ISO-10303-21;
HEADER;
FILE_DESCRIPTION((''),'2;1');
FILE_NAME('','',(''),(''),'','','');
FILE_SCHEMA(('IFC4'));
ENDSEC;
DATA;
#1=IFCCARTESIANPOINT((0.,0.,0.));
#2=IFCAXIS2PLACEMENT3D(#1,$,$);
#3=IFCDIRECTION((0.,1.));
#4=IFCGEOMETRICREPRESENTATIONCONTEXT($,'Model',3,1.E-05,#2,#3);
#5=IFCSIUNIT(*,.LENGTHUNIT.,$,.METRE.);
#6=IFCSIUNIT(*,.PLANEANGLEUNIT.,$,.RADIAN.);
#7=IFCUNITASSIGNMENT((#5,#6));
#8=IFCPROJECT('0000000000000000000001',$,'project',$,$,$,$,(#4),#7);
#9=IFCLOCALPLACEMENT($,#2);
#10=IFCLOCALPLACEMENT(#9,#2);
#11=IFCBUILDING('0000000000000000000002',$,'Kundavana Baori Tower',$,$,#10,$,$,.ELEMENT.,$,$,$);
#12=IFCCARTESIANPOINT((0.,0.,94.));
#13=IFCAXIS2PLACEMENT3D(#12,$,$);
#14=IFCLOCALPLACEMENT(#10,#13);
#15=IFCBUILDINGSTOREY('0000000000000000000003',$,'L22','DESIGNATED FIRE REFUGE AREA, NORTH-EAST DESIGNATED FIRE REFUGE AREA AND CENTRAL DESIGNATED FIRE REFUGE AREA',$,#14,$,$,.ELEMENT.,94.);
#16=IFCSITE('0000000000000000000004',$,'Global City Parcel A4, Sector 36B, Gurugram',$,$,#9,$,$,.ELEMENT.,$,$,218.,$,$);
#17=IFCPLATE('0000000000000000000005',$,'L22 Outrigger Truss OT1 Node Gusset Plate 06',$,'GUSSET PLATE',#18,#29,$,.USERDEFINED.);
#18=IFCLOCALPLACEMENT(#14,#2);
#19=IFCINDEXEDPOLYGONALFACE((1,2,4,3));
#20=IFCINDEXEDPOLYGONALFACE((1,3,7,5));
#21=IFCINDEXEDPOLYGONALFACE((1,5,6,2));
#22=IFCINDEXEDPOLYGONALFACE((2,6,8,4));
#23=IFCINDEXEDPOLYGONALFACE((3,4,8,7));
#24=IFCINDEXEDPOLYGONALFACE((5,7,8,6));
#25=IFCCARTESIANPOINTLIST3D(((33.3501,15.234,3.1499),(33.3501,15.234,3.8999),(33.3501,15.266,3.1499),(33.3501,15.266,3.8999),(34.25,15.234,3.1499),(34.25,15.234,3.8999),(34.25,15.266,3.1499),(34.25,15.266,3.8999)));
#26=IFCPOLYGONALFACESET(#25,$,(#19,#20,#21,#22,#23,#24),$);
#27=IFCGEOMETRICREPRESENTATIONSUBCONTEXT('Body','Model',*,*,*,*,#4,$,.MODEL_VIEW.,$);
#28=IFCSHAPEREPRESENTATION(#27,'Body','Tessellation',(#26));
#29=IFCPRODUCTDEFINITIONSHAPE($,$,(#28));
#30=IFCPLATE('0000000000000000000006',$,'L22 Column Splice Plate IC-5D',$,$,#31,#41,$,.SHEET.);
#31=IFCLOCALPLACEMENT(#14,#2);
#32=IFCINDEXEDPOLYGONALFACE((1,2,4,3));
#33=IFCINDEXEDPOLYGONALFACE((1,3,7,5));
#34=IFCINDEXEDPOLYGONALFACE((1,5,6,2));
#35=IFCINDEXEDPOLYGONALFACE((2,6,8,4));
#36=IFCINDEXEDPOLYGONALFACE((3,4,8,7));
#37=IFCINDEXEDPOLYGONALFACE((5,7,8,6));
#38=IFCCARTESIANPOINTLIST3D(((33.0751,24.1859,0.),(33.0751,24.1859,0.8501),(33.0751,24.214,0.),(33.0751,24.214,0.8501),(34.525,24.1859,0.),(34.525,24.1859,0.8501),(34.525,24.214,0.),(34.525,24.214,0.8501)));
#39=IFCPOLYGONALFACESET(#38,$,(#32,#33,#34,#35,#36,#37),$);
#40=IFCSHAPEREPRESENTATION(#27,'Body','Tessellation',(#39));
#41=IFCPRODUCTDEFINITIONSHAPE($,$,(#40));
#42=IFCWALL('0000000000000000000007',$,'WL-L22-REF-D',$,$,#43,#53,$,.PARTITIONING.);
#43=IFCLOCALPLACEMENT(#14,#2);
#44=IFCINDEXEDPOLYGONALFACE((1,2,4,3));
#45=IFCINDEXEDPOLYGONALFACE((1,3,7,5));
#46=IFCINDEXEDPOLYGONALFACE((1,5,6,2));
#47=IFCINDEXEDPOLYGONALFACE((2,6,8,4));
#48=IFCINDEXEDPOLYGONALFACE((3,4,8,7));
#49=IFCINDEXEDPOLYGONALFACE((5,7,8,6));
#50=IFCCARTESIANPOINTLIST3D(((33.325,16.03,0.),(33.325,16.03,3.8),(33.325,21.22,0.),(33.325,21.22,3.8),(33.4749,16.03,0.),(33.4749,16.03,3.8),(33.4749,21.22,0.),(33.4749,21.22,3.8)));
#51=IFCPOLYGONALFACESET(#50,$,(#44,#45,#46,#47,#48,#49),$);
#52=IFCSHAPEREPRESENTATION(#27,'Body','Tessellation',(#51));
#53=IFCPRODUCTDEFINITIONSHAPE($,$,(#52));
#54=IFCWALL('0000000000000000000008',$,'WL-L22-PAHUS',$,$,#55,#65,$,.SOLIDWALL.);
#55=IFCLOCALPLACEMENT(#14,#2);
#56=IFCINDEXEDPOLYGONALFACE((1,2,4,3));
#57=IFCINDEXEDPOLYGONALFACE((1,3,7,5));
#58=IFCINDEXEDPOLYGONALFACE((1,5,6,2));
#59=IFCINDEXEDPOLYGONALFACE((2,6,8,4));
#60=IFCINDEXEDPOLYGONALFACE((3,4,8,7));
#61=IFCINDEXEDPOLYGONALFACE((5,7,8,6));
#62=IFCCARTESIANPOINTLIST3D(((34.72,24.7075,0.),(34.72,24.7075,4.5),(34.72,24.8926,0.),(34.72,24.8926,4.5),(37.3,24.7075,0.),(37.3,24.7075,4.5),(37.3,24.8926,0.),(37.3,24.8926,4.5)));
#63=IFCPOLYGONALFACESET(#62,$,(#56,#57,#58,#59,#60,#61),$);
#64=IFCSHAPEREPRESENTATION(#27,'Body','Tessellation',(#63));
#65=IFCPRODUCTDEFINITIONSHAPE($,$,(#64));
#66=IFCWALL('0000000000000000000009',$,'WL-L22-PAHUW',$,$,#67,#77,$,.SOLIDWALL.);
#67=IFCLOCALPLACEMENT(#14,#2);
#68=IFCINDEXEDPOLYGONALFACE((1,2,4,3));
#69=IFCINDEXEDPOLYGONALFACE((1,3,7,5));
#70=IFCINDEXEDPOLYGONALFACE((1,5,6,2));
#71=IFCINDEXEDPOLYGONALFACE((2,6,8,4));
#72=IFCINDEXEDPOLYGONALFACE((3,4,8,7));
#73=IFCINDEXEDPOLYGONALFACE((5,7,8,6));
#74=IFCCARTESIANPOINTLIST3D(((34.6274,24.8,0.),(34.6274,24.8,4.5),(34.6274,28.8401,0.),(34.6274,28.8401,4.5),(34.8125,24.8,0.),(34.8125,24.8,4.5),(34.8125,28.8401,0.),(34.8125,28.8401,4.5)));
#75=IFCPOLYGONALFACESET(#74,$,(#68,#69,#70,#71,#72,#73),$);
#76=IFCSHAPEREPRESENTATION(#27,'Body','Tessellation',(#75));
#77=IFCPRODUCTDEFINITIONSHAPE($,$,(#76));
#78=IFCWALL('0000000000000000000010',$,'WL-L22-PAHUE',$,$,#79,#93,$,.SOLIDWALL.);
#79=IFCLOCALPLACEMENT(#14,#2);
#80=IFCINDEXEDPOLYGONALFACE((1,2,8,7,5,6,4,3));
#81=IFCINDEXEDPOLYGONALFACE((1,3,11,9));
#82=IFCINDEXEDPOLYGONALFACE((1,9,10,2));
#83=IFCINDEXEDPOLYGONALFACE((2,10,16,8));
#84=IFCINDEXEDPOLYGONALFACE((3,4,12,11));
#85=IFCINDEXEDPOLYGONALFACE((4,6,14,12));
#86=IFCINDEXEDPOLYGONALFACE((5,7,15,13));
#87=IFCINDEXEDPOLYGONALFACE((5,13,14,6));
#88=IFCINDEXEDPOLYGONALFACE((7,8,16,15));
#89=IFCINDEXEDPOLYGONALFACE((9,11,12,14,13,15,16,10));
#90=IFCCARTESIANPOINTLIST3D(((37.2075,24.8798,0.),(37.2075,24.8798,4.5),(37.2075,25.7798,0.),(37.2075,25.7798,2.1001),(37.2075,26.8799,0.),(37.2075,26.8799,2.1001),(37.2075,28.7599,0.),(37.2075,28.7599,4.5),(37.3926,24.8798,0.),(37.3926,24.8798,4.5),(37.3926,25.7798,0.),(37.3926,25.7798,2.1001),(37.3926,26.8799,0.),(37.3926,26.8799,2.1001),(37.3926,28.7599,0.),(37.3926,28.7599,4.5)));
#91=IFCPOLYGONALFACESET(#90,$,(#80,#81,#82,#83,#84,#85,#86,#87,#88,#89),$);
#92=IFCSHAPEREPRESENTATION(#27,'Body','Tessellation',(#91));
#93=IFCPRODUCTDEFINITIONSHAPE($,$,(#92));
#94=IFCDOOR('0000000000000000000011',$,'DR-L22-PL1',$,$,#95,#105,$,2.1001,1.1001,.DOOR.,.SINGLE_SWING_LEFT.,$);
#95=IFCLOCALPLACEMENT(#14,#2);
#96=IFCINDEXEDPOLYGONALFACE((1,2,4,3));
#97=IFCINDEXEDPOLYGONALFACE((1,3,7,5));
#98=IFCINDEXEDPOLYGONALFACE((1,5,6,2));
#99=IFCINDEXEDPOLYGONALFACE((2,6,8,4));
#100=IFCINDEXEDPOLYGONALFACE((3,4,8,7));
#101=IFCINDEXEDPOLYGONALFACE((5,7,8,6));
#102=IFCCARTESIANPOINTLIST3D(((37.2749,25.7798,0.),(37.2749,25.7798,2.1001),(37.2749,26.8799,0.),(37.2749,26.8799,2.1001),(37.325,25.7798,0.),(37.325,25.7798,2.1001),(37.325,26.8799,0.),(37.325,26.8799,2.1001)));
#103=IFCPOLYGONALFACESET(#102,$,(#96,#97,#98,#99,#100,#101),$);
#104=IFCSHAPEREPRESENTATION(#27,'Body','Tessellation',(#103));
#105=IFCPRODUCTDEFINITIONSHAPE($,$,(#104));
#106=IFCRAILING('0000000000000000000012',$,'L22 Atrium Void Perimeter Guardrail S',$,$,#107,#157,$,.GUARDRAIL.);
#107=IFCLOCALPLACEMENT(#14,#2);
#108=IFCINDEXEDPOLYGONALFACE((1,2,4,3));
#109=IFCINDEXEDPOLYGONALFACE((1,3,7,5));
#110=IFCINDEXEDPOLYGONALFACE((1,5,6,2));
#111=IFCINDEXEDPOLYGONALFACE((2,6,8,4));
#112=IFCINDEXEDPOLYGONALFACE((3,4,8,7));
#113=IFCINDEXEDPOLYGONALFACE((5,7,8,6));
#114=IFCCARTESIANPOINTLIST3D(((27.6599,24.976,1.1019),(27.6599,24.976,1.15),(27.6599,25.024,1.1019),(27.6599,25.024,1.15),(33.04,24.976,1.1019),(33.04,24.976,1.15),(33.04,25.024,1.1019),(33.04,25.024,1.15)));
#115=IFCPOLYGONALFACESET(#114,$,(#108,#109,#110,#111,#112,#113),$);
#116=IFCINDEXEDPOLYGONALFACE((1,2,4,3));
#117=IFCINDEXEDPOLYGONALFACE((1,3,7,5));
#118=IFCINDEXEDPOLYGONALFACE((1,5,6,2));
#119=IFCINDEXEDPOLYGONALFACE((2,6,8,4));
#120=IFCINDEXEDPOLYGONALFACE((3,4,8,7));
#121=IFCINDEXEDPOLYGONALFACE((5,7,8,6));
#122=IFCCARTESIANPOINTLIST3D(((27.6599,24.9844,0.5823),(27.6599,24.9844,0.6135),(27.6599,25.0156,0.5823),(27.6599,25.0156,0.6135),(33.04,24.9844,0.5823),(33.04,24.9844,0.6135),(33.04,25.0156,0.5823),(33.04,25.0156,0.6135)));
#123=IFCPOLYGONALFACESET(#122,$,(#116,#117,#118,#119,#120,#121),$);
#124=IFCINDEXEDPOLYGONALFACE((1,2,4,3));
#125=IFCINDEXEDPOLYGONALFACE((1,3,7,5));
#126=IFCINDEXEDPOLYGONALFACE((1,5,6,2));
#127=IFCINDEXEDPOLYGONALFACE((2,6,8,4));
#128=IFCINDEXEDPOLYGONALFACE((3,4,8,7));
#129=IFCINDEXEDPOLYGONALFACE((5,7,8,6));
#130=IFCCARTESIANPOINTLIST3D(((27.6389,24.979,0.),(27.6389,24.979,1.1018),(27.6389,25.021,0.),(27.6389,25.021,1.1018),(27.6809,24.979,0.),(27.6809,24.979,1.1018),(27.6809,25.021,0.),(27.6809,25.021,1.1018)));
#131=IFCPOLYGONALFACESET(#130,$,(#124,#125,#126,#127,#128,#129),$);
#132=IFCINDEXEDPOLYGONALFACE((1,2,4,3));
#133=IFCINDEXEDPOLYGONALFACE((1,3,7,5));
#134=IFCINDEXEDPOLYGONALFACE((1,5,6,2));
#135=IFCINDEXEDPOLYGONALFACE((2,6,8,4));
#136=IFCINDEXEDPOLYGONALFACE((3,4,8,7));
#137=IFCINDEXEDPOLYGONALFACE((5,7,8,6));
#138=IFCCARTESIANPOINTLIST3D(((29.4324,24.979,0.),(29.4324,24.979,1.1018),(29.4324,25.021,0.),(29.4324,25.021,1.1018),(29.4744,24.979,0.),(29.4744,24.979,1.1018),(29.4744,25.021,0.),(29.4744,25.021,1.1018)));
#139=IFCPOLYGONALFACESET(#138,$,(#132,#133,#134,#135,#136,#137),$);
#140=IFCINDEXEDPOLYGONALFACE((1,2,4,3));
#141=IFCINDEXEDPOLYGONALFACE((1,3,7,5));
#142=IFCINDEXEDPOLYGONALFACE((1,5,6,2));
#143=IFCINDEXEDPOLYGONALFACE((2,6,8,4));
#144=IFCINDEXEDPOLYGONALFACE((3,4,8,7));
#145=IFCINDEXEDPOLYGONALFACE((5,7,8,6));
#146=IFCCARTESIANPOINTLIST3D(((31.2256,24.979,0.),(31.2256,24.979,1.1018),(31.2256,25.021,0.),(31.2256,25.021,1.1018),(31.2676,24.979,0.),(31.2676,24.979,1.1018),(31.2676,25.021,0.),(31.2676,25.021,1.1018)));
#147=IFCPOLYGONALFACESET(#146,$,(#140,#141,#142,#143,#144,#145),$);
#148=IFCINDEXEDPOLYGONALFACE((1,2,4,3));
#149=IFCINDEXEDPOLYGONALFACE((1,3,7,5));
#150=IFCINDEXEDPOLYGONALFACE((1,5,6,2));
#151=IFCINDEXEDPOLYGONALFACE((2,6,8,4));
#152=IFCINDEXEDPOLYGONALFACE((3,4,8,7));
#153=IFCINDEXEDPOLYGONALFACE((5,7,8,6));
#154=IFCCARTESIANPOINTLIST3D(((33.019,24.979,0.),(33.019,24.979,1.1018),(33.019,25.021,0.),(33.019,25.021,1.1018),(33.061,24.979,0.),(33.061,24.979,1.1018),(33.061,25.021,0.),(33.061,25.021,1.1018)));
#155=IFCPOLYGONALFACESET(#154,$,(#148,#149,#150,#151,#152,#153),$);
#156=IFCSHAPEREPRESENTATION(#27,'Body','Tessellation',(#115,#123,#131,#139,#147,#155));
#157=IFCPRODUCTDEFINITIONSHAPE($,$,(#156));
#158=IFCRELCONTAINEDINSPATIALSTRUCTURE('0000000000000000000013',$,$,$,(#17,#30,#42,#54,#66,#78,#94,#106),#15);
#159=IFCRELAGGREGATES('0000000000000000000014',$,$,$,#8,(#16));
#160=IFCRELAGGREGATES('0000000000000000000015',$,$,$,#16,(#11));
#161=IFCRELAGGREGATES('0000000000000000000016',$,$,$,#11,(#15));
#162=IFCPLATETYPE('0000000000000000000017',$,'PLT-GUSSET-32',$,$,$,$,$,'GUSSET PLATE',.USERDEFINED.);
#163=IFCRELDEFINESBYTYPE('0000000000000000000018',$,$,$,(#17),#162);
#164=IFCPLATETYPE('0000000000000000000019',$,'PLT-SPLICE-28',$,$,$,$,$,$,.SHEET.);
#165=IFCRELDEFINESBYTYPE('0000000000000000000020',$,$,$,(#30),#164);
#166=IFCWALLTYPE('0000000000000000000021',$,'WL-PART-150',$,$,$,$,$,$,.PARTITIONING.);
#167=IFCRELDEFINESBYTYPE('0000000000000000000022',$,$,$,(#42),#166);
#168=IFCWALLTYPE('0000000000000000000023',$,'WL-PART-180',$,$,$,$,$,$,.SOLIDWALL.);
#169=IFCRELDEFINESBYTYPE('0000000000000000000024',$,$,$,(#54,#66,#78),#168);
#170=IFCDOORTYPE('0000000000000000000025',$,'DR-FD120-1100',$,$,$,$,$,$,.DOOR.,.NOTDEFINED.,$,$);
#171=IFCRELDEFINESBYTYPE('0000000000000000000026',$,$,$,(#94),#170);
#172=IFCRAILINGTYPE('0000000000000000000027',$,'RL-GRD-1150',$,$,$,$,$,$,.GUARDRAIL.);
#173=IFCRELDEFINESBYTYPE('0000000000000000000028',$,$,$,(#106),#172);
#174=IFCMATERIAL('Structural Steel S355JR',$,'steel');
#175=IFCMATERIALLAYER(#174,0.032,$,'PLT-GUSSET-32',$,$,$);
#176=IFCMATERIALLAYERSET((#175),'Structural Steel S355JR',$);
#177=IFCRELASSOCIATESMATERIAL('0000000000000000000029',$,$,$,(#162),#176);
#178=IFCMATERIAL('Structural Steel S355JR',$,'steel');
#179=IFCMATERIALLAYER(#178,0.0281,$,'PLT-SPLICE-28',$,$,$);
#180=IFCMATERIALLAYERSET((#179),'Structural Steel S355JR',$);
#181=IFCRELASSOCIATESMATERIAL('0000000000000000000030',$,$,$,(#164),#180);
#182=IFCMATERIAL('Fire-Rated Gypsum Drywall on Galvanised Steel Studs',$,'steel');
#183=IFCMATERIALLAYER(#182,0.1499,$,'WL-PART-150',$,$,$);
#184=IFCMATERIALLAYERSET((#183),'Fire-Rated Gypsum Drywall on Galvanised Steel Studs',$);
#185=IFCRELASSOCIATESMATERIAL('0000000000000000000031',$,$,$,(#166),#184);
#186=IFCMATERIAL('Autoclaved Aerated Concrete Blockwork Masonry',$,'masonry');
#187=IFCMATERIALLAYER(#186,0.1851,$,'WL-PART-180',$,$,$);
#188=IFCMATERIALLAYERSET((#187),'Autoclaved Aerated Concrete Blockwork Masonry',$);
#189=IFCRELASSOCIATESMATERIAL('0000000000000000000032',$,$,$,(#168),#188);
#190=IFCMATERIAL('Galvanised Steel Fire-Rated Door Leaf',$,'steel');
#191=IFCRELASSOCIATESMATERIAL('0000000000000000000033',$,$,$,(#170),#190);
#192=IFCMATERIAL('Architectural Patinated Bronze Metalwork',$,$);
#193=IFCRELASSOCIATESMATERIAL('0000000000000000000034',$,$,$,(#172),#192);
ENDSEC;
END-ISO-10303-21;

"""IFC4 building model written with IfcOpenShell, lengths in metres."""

from ifc_helpers import new_model, si_unit, direction, frame, frame_2d, origin, origin_2d, place, context, subcontext, project, spatial, rectangle, extrude, material, layer, layer_set, type_object, element, fill, save


model = new_model("IFC4")

# Units and contexts
model_context = context("Model", 3, precision=1e-05, world=origin(), true_north=direction((0.0, 1.0)))
body_context = subcontext(model_context, "Body", "Model", "MODEL_VIEW")
ifc_project = project(units=[si_unit("LENGTHUNIT", "METRE"), si_unit("PLANEANGLEUNIT", "RADIAN")], contexts=[model_context])

# Site, building, storey
site_placement = place(None, origin())
site = spatial("IfcSite", under=ifc_project, at=site_placement, Name="Global City Parcel A4, Sector 36B, Gurugram", CompositionType="ELEMENT", RefElevation=218.0)
building_placement = place(site_placement, origin())
building = spatial("IfcBuilding", under=site, at=building_placement, Name="Kundavana Baori Tower", CompositionType="ELEMENT")
storey_placement = place(building_placement, frame((0.0, 0.0, 94.0)))
storey = spatial("IfcBuildingStorey", under=building, at=storey_placement, Name="L22", Description="DESIGNATED FIRE REFUGE AREA, NORTH-EAST DESIGNATED FIRE REFUGE AREA AND CENTRAL DESIGNATED FIRE REFUGE AREA", CompositionType="ELEMENT", Elevation=94.0)

# Plates
ifc_material_1 = material(Name="Structural Steel S355JR", Category="steel")
ifc_layer_1 = layer(ifc_material_1, 0.032, Name="PLT-GUSSET-32")
ifc_layer_set_1 = layer_set([ifc_layer_1], Name="Structural Steel S355JR")
plate_type_1 = type_object("IfcPlateType", Name="PLT-GUSSET-32", ElementType="GUSSET PLATE", PredefinedType="USERDEFINED", material=ifc_layer_set_1)
plate_1_placement = place(storey_placement, frame((33.8, 15.25, 3.1499), z_axis=(0.0, 0.0, 1.0), x_axis=(1.0, 0.0, 0.0)))
element("IfcPlate", 1, at=plate_1_placement, inside=storey, type_object=plate_type_1, Name="L22 Outrigger Truss OT1 Node Gusset Plate 06", ObjectType="GUSSET PLATE", PredefinedType="USERDEFINED", context=body_context, shape_type="SweptSolid", body=[
    extrude(rectangle(XDim=0.8999, YDim=0.032, at=origin_2d()), origin(), (0.0, 0.0, 1.0), 0.75),
])
ifc_material_2 = material(Name="Structural Steel S355JR", Category="steel")
ifc_layer_2 = layer(ifc_material_2, 0.0281, Name="PLT-SPLICE-28")
ifc_layer_set_2 = layer_set([ifc_layer_2], Name="Structural Steel S355JR")
plate_type_2 = type_object("IfcPlateType", Name="PLT-SPLICE-28", PredefinedType="SHEET", material=ifc_layer_set_2)
plate_2_placement = place(storey_placement, frame((33.8, 24.2, 0.0), z_axis=(0.0, 0.0, 1.0), x_axis=(1.0, 0.0, 0.0)))
element("IfcPlate", 2, at=plate_2_placement, inside=storey, type_object=plate_type_2, Name="L22 Column Splice Plate IC-5D", PredefinedType="SHEET", context=body_context, shape_type="SweptSolid", body=[
    extrude(rectangle(XDim=1.45, YDim=0.0281, at=origin_2d()), origin(), (0.0, 0.0, 1.0), 0.8501),
])

# Walls
ifc_material_3 = material(Name="Fire-Rated Gypsum Drywall on Galvanised Steel Studs", Category="steel")
ifc_layer_3 = layer(ifc_material_3, 0.1499, Name="WL-PART-150")
ifc_layer_set_3 = layer_set([ifc_layer_3], Name="Fire-Rated Gypsum Drywall on Galvanised Steel Studs")
wall_type_1 = type_object("IfcWallType", Name="WL-PART-150", PredefinedType="PARTITIONING", material=ifc_layer_set_3)
wall_1_placement = place(storey_placement, frame((33.3999, 16.03, 0.0), z_axis=(0.0, 0.0, 1.0), x_axis=(0.0, 1.0, 0.0)))
element("IfcWall", 3, at=wall_1_placement, inside=storey, type_object=wall_type_1, Name="WL-L22-REF-D", PredefinedType="PARTITIONING", context=body_context, shape_type="SweptSolid", body=[
    extrude(rectangle(XDim=5.1899, YDim=0.1499, at=frame_2d((2.595, 0.0))), origin(), (0.0, 0.0, 1.0), 3.8),
])
ifc_material_4 = material(Name="Autoclaved Aerated Concrete Blockwork Masonry", Category="masonry")
ifc_layer_4 = layer(ifc_material_4, 0.1851, Name="WL-PART-180")
ifc_layer_set_4 = layer_set([ifc_layer_4], Name="Autoclaved Aerated Concrete Blockwork Masonry")
wall_type_2 = type_object("IfcWallType", Name="WL-PART-180", PredefinedType="SOLIDWALL", material=ifc_layer_set_4)
wall_2_placement = place(storey_placement, frame((34.72, 24.8, 0.0), z_axis=(0.0, 0.0, 1.0), x_axis=(1.0, 0.0, 0.0)))
element("IfcWall", 4, at=wall_2_placement, inside=storey, type_object=wall_type_2, Name="WL-L22-PAHUS", PredefinedType="SOLIDWALL", context=body_context, shape_type="SweptSolid", body=[
    extrude(rectangle(XDim=2.5801, YDim=0.1851, at=frame_2d((1.29, 0.0))), origin(), (0.0, 0.0, 1.0), 4.5),
])
wall_3_placement = place(storey_placement, frame((34.72, 24.8, 0.0), z_axis=(0.0, 0.0, 1.0), x_axis=(0.0, 1.0, 0.0)))
element("IfcWall", 5, at=wall_3_placement, inside=storey, type_object=wall_type_2, Name="WL-L22-PAHUW", PredefinedType="SOLIDWALL", context=body_context, shape_type="SweptSolid", body=[
    extrude(rectangle(XDim=4.04, YDim=0.1851, at=frame_2d((2.02, 0.0))), origin(), (0.0, 0.0, 1.0), 4.5),
])

# Wall, opening, door
wall_4_placement = place(storey_placement, frame((37.3, 24.8799, 0.0), z_axis=(0.0, 0.0, 1.0), x_axis=(0.0, 1.0, 0.0)))
wall_4 = element("IfcWall", 6, at=wall_4_placement, inside=storey, type_object=wall_type_2, Name="WL-L22-PAHUE", PredefinedType="SOLIDWALL", context=body_context, shape_type="SweptSolid", body=[
    extrude(rectangle(XDim=3.8801, YDim=0.1851, at=frame_2d((1.9399, 0.0))), origin(), (0.0, 0.0, 1.0), 4.5),
])
opening_placement = place(wall_4_placement, frame((0.8999, 0.0, 0.0)))
opening = element("IfcOpeningElement", 7, at=opening_placement, cuts=wall_4, PredefinedType="OPENING", context=body_context, shape_type="SweptSolid", body=[
    extrude(rectangle(XDim=1.1001, YDim=2.1001, at=frame_2d((0.55, 1.05))), frame((0.0, 0.1025, 0.0), z_axis=(0.0, -1.0, 0.0), x_axis=(1.0, 0.0, 0.0)), (0.0, 0.0, 1.0), 0.2051),
])
ifc_material_5 = material(Name="Galvanised Steel Fire-Rated Door Leaf", Category="steel")
door_type = type_object("IfcDoorType", Name="DR-FD120-1100", OperationType="NOTDEFINED", PredefinedType="DOOR", material=ifc_material_5)
door_placement = place(opening_placement, frame((1.1001, 0.0, 0.0), z_axis=(0.0, 0.0, 1.0), x_axis=(-1.0, 0.0, 0.0)))
door = element("IfcDoor", 8, at=door_placement, inside=storey, type_object=door_type, Name="DR-L22-PL1", OperationType="SINGLE_SWING_LEFT", OverallHeight=2.1001, OverallWidth=1.1001, PredefinedType="DOOR", context=body_context, shape_type="SweptSolid", body=[
    extrude(rectangle(XDim=1.1001, YDim=2.1001, at=frame_2d((0.55, 1.05))), frame((0.0, 0.0249, 0.0), z_axis=(0.0, -1.0, 0.0), x_axis=(1.0, 0.0, 0.0)), (0.0, 0.0, 1.0), 0.05),
])
fill(opening, door)

# Railing
ifc_material_6 = material(Name="Architectural Patinated Bronze Metalwork")
railing_type = type_object("IfcRailingType", Name="RL-GRD-1150", PredefinedType="GUARDRAIL", material=ifc_material_6)
railing_1_placement = place(storey_placement, frame((27.6599, 25.0, 0.0)))
element("IfcRailing", 9, at=railing_1_placement, inside=storey, type_object=railing_type, Name="L22 Atrium Void Perimeter Guardrail S", PredefinedType="GUARDRAIL", context=body_context, shape_type="SweptSolid", body=[
    extrude(rectangle(XDim=0.0481, YDim=0.0481, at=origin_2d()), frame((0.0, 0.0, 1.126), z_axis=(1.0, 0.0, 0.0), x_axis=(0.0, 1.0, 0.0)), (0.0, 0.0, 1.0), 5.3801),
    extrude(rectangle(XDim=0.0312, YDim=0.0312, at=origin_2d()), frame((0.0, 0.0, 0.5979), z_axis=(1.0, 0.0, 0.0), x_axis=(0.0, 1.0, 0.0)), (0.0, 0.0, 1.0), 5.3801),
    extrude(rectangle(XDim=0.042, YDim=0.042, at=origin_2d()), origin(), (0.0, 0.0, 1.0), 1.1018),
    extrude(rectangle(XDim=0.042, YDim=0.042, at=origin_2d()), frame((1.7935, 0.0, 0.0)), (0.0, 0.0, 1.0), 1.1018),
    extrude(rectangle(XDim=0.042, YDim=0.042, at=origin_2d()), frame((3.5867, 0.0, 0.0)), (0.0, 0.0, 1.0), 1.1018),
    extrude(rectangle(XDim=0.042, YDim=0.042, at=origin_2d()), frame((5.3801, 0.0, 0.0)), (0.0, 0.0, 1.0), 1.1018),
])

save(model, "model.ifc")
